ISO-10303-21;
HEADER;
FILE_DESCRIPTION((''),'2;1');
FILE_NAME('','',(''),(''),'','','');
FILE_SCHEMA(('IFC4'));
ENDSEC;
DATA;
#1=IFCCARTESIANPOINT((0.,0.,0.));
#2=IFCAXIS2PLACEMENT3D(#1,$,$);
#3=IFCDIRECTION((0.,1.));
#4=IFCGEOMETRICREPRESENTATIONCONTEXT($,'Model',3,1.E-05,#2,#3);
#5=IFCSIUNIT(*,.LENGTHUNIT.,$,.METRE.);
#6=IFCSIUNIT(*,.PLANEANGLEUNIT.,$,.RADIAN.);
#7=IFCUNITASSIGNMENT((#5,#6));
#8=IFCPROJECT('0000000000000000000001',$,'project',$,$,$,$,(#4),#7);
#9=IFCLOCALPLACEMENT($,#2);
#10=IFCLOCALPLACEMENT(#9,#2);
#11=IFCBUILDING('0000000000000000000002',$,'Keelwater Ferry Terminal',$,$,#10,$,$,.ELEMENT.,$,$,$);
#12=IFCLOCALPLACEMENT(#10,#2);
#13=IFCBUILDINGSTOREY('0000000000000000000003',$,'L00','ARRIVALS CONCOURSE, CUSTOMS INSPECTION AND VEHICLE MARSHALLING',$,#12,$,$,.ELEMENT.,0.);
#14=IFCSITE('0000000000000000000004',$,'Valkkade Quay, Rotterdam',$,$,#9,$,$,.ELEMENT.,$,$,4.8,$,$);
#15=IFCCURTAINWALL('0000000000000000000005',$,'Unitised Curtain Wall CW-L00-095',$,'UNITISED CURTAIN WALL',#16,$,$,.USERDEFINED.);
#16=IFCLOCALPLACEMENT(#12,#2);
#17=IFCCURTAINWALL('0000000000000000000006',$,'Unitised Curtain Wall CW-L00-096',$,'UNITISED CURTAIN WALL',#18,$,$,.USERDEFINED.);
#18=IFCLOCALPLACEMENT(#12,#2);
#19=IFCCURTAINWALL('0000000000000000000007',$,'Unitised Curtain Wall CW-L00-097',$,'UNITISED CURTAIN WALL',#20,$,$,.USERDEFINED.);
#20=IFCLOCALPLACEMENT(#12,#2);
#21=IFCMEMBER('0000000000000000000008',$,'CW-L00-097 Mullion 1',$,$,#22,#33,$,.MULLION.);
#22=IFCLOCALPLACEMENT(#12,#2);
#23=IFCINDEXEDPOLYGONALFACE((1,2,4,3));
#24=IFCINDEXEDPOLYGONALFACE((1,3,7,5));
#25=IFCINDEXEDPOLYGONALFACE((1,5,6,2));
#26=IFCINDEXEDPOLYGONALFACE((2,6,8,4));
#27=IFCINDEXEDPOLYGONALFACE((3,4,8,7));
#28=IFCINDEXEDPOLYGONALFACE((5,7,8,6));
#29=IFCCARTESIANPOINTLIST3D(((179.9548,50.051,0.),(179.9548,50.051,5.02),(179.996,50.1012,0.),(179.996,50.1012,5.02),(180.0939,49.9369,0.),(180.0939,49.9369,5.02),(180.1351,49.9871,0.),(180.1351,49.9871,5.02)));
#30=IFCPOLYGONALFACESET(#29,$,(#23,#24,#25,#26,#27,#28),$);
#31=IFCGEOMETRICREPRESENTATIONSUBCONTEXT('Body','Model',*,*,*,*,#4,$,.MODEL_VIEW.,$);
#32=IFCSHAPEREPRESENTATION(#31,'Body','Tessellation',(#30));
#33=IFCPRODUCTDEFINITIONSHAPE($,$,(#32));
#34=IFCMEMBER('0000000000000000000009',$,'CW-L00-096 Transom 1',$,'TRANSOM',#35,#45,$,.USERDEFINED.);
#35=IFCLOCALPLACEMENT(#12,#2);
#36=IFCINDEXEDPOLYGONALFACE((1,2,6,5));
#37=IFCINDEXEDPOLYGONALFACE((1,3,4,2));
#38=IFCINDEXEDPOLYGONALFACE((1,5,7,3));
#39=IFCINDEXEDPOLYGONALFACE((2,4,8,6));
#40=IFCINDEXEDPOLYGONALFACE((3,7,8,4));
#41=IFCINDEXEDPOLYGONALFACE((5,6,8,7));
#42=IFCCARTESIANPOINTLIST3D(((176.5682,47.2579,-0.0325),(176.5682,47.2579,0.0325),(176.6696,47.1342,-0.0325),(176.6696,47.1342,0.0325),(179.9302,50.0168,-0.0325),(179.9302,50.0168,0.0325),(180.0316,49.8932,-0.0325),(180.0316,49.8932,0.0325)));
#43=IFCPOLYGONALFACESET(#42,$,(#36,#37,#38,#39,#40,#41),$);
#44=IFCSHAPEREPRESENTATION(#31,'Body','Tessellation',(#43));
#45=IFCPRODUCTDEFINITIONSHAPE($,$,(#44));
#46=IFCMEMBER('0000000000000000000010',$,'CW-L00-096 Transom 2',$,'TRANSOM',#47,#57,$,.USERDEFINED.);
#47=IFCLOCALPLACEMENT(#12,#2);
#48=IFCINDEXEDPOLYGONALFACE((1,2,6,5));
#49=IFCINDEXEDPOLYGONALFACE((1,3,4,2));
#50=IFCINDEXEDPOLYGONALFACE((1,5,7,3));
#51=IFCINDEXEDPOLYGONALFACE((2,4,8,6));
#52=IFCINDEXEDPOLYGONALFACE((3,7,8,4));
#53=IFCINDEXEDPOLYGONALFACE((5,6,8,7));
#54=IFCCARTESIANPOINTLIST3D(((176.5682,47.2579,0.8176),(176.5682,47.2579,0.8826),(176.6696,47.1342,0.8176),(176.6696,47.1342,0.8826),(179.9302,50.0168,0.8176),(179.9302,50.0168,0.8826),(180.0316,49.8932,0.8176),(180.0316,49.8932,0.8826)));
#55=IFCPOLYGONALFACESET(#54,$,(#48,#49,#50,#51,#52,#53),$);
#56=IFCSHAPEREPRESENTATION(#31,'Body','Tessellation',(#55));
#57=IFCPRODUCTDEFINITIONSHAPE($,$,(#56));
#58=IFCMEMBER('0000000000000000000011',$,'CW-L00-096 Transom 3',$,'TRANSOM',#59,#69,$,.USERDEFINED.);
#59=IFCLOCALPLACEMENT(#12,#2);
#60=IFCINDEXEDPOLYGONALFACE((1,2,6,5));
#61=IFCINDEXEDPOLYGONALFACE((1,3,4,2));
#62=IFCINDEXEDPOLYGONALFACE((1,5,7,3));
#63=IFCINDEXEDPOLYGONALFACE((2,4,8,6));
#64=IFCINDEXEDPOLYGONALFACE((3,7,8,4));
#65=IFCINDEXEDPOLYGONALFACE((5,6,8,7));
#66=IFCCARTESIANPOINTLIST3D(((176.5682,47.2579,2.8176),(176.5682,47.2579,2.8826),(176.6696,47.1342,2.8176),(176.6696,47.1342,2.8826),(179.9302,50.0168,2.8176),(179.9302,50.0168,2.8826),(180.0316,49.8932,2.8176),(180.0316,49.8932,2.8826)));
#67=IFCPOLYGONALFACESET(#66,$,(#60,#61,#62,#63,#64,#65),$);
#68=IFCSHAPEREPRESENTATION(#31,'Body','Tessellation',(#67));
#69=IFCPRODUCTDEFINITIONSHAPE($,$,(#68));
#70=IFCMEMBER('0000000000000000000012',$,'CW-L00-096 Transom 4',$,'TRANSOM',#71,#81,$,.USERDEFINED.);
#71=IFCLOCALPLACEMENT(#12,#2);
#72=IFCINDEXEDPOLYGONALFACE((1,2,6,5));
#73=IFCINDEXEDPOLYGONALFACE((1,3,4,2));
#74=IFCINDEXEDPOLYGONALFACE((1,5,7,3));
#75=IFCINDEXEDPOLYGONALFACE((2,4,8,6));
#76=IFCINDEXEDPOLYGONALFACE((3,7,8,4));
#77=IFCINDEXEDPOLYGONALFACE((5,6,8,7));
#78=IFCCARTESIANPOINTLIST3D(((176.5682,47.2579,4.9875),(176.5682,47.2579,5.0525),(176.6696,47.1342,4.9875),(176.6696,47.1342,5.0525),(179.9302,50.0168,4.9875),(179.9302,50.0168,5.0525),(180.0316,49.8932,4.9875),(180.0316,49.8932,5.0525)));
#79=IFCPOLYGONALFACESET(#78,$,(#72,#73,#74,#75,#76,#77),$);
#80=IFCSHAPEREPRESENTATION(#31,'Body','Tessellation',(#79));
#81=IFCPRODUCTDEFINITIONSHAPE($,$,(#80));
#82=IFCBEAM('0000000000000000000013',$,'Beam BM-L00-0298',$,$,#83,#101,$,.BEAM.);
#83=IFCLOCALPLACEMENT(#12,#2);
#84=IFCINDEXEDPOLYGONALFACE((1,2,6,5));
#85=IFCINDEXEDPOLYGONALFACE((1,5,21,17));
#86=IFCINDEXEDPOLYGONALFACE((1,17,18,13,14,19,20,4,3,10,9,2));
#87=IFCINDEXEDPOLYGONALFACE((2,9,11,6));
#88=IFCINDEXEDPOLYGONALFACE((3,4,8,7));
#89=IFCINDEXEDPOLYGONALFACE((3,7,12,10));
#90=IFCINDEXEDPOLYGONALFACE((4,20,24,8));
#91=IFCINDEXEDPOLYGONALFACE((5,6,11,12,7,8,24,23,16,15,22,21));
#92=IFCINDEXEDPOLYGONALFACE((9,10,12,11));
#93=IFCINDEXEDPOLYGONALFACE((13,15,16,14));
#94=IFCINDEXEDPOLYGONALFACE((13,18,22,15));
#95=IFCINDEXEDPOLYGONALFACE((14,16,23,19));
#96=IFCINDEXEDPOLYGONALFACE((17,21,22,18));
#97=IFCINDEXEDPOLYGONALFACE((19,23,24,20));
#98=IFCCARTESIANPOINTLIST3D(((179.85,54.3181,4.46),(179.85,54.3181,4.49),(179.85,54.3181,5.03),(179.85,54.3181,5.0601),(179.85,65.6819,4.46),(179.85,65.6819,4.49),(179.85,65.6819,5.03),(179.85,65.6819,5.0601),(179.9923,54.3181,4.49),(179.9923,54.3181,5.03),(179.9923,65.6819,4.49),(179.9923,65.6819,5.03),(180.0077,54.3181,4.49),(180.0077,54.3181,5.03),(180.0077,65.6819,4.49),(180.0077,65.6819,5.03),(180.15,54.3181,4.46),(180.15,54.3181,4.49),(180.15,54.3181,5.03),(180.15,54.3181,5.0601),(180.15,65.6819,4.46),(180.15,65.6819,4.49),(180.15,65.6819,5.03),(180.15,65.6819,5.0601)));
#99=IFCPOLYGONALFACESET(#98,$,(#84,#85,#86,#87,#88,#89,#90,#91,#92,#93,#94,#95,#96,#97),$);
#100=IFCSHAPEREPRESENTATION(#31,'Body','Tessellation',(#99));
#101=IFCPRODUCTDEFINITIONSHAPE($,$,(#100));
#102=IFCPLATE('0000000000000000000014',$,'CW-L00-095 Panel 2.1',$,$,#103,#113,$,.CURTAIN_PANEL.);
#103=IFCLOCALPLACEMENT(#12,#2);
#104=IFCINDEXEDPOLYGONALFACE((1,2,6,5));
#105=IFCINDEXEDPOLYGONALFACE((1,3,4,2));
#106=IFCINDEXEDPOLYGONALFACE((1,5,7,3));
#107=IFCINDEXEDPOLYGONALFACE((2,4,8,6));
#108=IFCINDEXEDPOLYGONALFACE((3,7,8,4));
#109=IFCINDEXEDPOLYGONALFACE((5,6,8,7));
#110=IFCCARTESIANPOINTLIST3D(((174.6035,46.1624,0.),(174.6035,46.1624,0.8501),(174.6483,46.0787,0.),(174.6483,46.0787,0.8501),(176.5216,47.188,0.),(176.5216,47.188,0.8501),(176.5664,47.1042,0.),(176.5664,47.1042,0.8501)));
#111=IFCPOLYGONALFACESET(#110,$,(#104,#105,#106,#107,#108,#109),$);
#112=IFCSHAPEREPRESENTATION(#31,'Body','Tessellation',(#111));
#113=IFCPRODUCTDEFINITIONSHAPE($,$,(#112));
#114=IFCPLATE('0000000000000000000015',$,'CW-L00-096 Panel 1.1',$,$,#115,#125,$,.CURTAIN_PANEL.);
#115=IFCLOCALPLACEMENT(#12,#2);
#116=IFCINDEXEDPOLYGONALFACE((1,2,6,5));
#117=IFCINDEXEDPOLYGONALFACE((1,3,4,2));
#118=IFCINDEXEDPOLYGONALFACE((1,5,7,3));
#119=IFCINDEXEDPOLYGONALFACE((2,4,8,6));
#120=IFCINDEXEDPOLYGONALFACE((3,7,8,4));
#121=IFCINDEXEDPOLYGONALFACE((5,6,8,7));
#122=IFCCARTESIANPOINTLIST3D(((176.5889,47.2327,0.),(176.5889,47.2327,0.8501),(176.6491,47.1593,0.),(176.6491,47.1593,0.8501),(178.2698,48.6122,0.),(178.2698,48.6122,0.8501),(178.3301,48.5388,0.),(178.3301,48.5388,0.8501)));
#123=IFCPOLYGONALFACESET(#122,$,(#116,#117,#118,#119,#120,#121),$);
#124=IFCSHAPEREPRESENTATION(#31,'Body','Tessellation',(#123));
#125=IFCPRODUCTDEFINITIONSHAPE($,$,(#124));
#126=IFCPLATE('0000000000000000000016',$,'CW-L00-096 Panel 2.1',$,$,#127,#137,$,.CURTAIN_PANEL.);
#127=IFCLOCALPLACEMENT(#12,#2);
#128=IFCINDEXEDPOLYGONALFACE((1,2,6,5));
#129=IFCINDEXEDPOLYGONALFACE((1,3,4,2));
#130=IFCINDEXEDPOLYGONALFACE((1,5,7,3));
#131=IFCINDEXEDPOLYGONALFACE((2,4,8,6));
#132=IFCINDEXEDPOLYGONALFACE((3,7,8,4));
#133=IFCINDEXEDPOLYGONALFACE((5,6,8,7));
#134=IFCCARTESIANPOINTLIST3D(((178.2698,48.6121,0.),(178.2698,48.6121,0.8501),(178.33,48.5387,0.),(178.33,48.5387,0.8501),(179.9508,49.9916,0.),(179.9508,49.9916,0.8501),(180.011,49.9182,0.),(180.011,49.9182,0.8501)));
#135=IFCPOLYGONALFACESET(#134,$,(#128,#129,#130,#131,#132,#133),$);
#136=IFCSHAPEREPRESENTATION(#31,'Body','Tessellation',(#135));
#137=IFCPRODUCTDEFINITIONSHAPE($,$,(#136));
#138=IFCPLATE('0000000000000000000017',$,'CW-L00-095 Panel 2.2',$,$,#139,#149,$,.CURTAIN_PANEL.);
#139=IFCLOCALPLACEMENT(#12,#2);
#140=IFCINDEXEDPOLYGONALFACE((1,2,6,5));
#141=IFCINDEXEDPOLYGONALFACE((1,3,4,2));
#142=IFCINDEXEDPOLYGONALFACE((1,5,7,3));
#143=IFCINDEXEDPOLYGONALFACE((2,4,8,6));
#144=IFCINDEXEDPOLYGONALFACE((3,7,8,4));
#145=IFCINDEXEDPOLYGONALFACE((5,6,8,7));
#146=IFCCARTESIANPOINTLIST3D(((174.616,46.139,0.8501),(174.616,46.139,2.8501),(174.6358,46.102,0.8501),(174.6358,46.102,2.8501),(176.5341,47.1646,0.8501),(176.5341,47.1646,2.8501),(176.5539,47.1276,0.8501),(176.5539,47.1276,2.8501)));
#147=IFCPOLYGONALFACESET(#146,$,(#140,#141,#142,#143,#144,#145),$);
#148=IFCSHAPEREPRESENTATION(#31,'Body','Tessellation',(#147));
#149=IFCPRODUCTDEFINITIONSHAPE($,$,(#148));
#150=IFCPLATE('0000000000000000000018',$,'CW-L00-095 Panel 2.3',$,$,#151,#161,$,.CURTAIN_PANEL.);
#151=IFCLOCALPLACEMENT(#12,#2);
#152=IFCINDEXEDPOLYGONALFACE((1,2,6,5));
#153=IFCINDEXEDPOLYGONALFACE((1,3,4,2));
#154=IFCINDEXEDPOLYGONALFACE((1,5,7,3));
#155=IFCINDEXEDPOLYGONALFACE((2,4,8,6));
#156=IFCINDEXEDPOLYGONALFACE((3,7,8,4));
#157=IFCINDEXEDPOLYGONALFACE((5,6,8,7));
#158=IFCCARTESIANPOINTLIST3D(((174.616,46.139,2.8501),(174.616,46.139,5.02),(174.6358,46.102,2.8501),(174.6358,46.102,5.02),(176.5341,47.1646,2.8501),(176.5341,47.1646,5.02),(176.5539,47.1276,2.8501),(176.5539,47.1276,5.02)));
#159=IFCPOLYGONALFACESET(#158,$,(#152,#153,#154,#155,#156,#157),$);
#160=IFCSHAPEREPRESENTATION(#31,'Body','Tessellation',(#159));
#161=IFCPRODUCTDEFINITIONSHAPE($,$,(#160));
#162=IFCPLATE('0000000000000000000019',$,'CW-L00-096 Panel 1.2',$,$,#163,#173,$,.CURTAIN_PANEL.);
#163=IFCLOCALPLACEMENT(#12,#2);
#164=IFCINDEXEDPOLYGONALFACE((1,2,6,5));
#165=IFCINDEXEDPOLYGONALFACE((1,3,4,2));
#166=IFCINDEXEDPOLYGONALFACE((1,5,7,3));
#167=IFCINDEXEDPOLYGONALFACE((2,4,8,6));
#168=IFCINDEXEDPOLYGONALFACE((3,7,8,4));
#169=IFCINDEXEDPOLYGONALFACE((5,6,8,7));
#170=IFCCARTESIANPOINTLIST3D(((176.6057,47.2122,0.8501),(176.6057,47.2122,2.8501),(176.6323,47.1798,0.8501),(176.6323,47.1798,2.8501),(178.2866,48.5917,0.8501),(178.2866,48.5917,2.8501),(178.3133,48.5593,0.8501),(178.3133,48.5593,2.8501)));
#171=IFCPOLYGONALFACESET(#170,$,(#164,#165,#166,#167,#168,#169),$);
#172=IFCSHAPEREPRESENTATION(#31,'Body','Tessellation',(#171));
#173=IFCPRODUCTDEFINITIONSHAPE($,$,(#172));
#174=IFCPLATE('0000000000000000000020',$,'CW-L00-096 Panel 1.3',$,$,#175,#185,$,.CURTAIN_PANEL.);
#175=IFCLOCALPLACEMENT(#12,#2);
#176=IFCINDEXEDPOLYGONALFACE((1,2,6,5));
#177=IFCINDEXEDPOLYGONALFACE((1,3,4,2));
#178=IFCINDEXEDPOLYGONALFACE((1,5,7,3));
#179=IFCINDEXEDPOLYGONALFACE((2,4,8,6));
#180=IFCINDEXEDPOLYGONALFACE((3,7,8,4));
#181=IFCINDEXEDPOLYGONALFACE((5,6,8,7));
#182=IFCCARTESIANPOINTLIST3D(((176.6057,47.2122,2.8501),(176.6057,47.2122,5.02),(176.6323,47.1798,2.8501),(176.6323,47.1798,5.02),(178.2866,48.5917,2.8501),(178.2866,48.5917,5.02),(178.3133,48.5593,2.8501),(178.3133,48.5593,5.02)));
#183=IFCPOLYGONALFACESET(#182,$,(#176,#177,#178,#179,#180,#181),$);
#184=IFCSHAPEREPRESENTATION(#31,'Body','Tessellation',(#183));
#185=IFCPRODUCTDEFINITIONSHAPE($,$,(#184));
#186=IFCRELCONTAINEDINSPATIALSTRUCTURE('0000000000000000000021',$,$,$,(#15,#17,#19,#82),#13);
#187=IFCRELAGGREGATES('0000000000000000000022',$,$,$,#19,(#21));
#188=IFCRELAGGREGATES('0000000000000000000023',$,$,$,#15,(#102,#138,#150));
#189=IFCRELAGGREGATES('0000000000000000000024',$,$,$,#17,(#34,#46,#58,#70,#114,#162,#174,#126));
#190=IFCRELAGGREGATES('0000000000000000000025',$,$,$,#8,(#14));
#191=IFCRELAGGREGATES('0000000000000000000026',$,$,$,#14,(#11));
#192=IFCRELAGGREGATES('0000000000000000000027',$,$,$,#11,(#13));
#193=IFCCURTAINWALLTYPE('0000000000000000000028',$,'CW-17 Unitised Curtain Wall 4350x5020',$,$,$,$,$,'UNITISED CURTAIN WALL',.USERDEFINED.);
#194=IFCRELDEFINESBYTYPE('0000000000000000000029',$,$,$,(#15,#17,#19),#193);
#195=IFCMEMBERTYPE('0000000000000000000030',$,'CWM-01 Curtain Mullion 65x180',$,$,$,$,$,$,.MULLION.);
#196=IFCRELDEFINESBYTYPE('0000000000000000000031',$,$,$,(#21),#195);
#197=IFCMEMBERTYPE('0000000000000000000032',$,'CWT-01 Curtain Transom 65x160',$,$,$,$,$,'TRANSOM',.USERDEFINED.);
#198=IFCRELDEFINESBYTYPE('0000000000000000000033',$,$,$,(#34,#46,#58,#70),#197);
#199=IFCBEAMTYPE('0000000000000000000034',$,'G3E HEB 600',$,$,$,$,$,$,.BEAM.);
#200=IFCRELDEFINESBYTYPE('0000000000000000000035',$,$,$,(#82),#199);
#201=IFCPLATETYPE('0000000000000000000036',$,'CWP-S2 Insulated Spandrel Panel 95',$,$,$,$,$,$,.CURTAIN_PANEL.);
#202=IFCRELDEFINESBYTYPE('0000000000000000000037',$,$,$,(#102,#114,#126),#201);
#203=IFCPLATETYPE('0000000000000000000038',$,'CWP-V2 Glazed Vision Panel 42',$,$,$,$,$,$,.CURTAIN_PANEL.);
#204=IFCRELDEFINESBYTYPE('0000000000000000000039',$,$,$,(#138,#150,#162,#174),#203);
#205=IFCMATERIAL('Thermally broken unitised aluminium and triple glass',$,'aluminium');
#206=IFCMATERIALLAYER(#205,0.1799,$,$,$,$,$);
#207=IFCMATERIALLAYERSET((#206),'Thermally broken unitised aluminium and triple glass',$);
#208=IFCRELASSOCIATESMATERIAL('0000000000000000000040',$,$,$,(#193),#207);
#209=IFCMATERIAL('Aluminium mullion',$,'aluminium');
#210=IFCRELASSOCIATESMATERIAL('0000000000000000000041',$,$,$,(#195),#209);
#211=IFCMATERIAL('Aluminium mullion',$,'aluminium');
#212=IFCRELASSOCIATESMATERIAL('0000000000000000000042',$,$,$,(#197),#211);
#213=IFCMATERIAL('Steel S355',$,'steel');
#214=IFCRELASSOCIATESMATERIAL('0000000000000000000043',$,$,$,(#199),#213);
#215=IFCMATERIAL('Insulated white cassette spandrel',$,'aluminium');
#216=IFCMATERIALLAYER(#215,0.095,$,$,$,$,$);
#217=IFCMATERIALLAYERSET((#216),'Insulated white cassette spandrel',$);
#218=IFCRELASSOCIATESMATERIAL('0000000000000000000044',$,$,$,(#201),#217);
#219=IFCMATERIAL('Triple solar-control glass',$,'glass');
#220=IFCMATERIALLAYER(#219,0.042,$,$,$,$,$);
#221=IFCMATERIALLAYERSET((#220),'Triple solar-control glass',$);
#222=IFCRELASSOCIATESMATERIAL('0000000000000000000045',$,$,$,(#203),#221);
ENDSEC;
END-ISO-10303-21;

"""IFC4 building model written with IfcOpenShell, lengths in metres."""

from ifc_helpers import new_model, si_unit, direction, frame, origin, origin_2d, place, context, subcontext, project, spatial, rectangle, i_section, extrude, material, layer, layer_set, material_profile, profile_set, type_object, element, aggregate, save


model = new_model("IFC4")

# Units and contexts
model_context = context("Model", 3, precision=1e-05, world=origin(), true_north=direction((0.0, 1.0)))
body_context = subcontext(model_context, "Body", "Model", "MODEL_VIEW")
ifc_project = project(units=[si_unit("LENGTHUNIT", "METRE"), si_unit("PLANEANGLEUNIT", "RADIAN")], contexts=[model_context])

# Site, building, storey
site_placement = place(None, origin())
site = spatial("IfcSite", under=ifc_project, at=site_placement, Name="Valkkade Quay, Rotterdam", CompositionType="ELEMENT", RefElevation=4.8)
building_placement = place(site_placement, origin())
building = spatial("IfcBuilding", under=site, at=building_placement, Name="Keelwater Ferry Terminal", CompositionType="ELEMENT")
storey_placement = place(building_placement, origin())
storey = spatial("IfcBuildingStorey", under=building, at=storey_placement, Name="L00", Description="ARRIVALS CONCOURSE, CUSTOMS INSPECTION AND VEHICLE MARSHALLING", CompositionType="ELEMENT", Elevation=0.0)

# Curtain walls
ifc_material_1 = material(Name="Thermally broken unitised aluminium and triple glass", Category="aluminium")
ifc_layer_1 = layer(ifc_material_1, 0.1799)
ifc_layer_set_1 = layer_set([ifc_layer_1], Name="Thermally broken unitised aluminium and triple glass")
curtain_wall_type = type_object("IfcCurtainWallType", Name="CW-17 Unitised Curtain Wall 4350x5020", ElementType="UNITISED CURTAIN WALL", PredefinedType="USERDEFINED", material=ifc_layer_set_1)
curtain_wall_1_placement = place(storey_placement, origin())
curtain_wall_1 = element("IfcCurtainWall", 1, at=curtain_wall_1_placement, inside=storey, type_object=curtain_wall_type, Name="Unitised Curtain Wall CW-L00-095", ObjectType="UNITISED CURTAIN WALL", PredefinedType="USERDEFINED")
ifc_material_2 = material(Name="Aluminium mullion", Category="aluminium")
ifc_material_profile_1 = material_profile(ifc_material_2, rectangle(XDim=0.0649, YDim=0.1799, at=origin_2d()), Name="CWM-01")
ifc_profile_set_1 = profile_set([ifc_material_profile_1], Name="Aluminium mullion")
member_type_1 = type_object("IfcMemberType", Name="CWM-01 Curtain Mullion 65x180", PredefinedType="MULLION", material=ifc_profile_set_1)
curtain_wall_2_placement = place(storey_placement, origin())
curtain_wall_2 = element("IfcCurtainWall", 2, at=curtain_wall_2_placement, inside=storey, type_object=curtain_wall_type, Name="Unitised Curtain Wall CW-L00-096", ObjectType="UNITISED CURTAIN WALL", PredefinedType="USERDEFINED")

# Curtain wall, member
curtain_wall_3_placement = place(storey_placement, origin())
curtain_wall_3 = element("IfcCurtainWall", 3, at=curtain_wall_3_placement, inside=storey, type_object=curtain_wall_type, Name="Unitised Curtain Wall CW-L00-097", ObjectType="UNITISED CURTAIN WALL", PredefinedType="USERDEFINED")
member_1_placement = place(storey_placement, frame((180.0449, 50.019, 0.0), z_axis=(0.0, 0.0, 1.0), x_axis=(0.634377, 0.773024, 0.0)))
member_1 = element("IfcMember", 4, at=member_1_placement, type_object=member_type_1, Name="CW-L00-097 Mullion 1", PredefinedType="MULLION", context=body_context, shape_type="SweptSolid", body=[
    extrude(rectangle(XDim=0.0649, YDim=0.1799, at=origin_2d()), origin(), (0.0, 0.0, 1.0), 5.02),
])
aggregate(curtain_wall_3, [member_1])

# Members
ifc_material_3 = material(Name="Aluminium mullion", Category="aluminium")
ifc_material_profile_2 = material_profile(ifc_material_3, rectangle(XDim=0.1599, YDim=0.0649, at=origin_2d()), Name="CWT-01")
ifc_profile_set_2 = profile_set([ifc_material_profile_2], Name="Aluminium mullion")
member_type_2 = type_object("IfcMemberType", Name="CWT-01 Curtain Transom 65x160", ElementType="TRANSOM", PredefinedType="USERDEFINED", material=ifc_profile_set_2)
member_2_placement = place(storey_placement, frame((176.6189, 47.196, 0.0), z_axis=(0.773026, 0.634374, 0.0), x_axis=(-0.634374, 0.773026, 0.0)))
member_2 = element("IfcMember", 5, at=member_2_placement, type_object=member_type_2, Name="CW-L00-096 Transom 1", ObjectType="TRANSOM", PredefinedType="USERDEFINED", context=body_context, shape_type="SweptSolid", body=[
    extrude(rectangle(XDim=0.1599, YDim=0.0649, at=origin_2d()), origin(), (0.0, 0.0, 1.0), 4.3491),
])
member_3_placement = place(storey_placement, frame((176.6189, 47.196, 0.8501), z_axis=(0.773026, 0.634374, 0.0), x_axis=(-0.634374, 0.773026, 0.0)))
member_3 = element("IfcMember", 6, at=member_3_placement, type_object=member_type_2, Name="CW-L00-096 Transom 2", ObjectType="TRANSOM", PredefinedType="USERDEFINED", context=body_context, shape_type="SweptSolid", body=[
    extrude(rectangle(XDim=0.1599, YDim=0.0649, at=origin_2d()), origin(), (0.0, 0.0, 1.0), 4.3491),
])
member_4_placement = place(storey_placement, frame((176.6189, 47.196, 2.8501), z_axis=(0.773026, 0.634374, 0.0), x_axis=(-0.634374, 0.773026, 0.0)))
member_4 = element("IfcMember", 7, at=member_4_placement, type_object=member_type_2, Name="CW-L00-096 Transom 3", ObjectType="TRANSOM", PredefinedType="USERDEFINED", context=body_context, shape_type="SweptSolid", body=[
    extrude(rectangle(XDim=0.1599, YDim=0.0649, at=origin_2d()), origin(), (0.0, 0.0, 1.0), 4.3491),
])
member_5_placement = place(storey_placement, frame((176.6189, 47.196, 5.02), z_axis=(0.773026, 0.634374, 0.0), x_axis=(-0.634374, 0.773026, 0.0)))
member_5 = element("IfcMember", 8, at=member_5_placement, type_object=member_type_2, Name="CW-L00-096 Transom 4", ObjectType="TRANSOM", PredefinedType="USERDEFINED", context=body_context, shape_type="SweptSolid", body=[
    extrude(rectangle(XDim=0.1599, YDim=0.0649, at=origin_2d()), origin(), (0.0, 0.0, 1.0), 4.3491),
])

# Beam
ifc_material_4 = material(Name="Steel S355", Category="steel")
ifc_material_profile_3 = material_profile(ifc_material_4, i_section(OverallWidth=0.3, OverallDepth=0.6001, WebThickness=0.0154, FlangeThickness=0.03, at=origin_2d()), Name="HEB 600")
ifc_profile_set_3 = profile_set([ifc_material_profile_3], Name="Steel S355")
beam_type = type_object("IfcBeamType", Name="G3E HEB 600", PredefinedType="BEAM", material=ifc_profile_set_3)
beam_placement = place(storey_placement, frame((180.0, 54.3181, 4.76), z_axis=(0.0, 1.0, 0.0), x_axis=(-1.0, 0.0, 0.0)))
element("IfcBeam", 9, at=beam_placement, inside=storey, type_object=beam_type, Name="Beam BM-L00-0298", PredefinedType="BEAM", context=body_context, shape_type="SweptSolid", body=[
    extrude(i_section(OverallWidth=0.3, OverallDepth=0.6001, WebThickness=0.0154, FlangeThickness=0.03, at=origin_2d()), origin(), (0.0, 0.0, 1.0), 11.3638),
])

# Plates
ifc_material_5 = material(Name="Insulated white cassette spandrel", Category="aluminium")
ifc_layer_2 = layer(ifc_material_5, 0.095)
ifc_layer_set_2 = layer_set([ifc_layer_2], Name="Insulated white cassette spandrel")
plate_type_1 = type_object("IfcPlateType", Name="CWP-S2 Insulated Spandrel Panel 95", PredefinedType="CURTAIN_PANEL", material=ifc_layer_set_2)
plate_1_placement = place(storey_placement, frame((175.585, 46.6333, 0.0), z_axis=(0.0, 0.0, 1.0), x_axis=(0.881862, 0.471507, 0.0)))
plate_1 = element("IfcPlate", 10, at=plate_1_placement, type_object=plate_type_1, Name="CW-L00-095 Panel 2.1", PredefinedType="CURTAIN_PANEL", context=body_context, shape_type="SweptSolid", body=[
    extrude(rectangle(XDim=2.175, YDim=0.095, at=origin_2d()), origin(), (0.0, 0.0, 1.0), 0.8501),
])
plate_2_placement = place(storey_placement, frame((177.4595, 47.8857, 0.0), z_axis=(0.0, 0.0, 1.0), x_axis=(0.773024, 0.634377, 0.0)))
plate_2 = element("IfcPlate", 11, at=plate_2_placement, type_object=plate_type_1, Name="CW-L00-096 Panel 1.1", PredefinedType="CURTAIN_PANEL", context=body_context, shape_type="SweptSolid", body=[
    extrude(rectangle(XDim=2.1746, YDim=0.095, at=origin_2d()), origin(), (0.0, 0.0, 1.0), 0.8501),
])
plate_3_placement = place(storey_placement, frame((179.1404, 49.2651, 0.0), z_axis=(0.0, 0.0, 1.0), x_axis=(0.773024, 0.634377, 0.0)))
plate_3 = element("IfcPlate", 12, at=plate_3_placement, type_object=plate_type_1, Name="CW-L00-096 Panel 2.1", PredefinedType="CURTAIN_PANEL", context=body_context, shape_type="SweptSolid", body=[
    extrude(rectangle(XDim=2.1746, YDim=0.095, at=origin_2d()), origin(), (0.0, 0.0, 1.0), 0.8501),
])
ifc_material_6 = material(Name="Triple solar-control glass", Category="glass")
ifc_layer_3 = layer(ifc_material_6, 0.042)
ifc_layer_set_3 = layer_set([ifc_layer_3], Name="Triple solar-control glass")
plate_type_2 = type_object("IfcPlateType", Name="CWP-V2 Glazed Vision Panel 42", PredefinedType="CURTAIN_PANEL", material=ifc_layer_set_3)
plate_4_placement = place(storey_placement, frame((175.585, 46.6333, 0.8501), z_axis=(0.0, 0.0, 1.0), x_axis=(0.881862, 0.471507, 0.0)))
plate_4 = element("IfcPlate", 13, at=plate_4_placement, type_object=plate_type_2, Name="CW-L00-095 Panel 2.2", PredefinedType="CURTAIN_PANEL", context=body_context, shape_type="SweptSolid", body=[
    extrude(rectangle(XDim=2.175, YDim=0.042, at=origin_2d()), origin(), (0.0, 0.0, 1.0), 2.0),
])
plate_5_placement = place(storey_placement, frame((175.585, 46.6333, 2.8501), z_axis=(0.0, 0.0, 1.0), x_axis=(0.881862, 0.471507, 0.0)))
plate_5 = element("IfcPlate", 14, at=plate_5_placement, type_object=plate_type_2, Name="CW-L00-095 Panel 2.3", PredefinedType="CURTAIN_PANEL", context=body_context, shape_type="SweptSolid", body=[
    extrude(rectangle(XDim=2.175, YDim=0.042, at=origin_2d()), origin(), (0.0, 0.0, 1.0), 2.1699),
])
aggregate(curtain_wall_1, [plate_1, plate_4, plate_5])
plate_6_placement = place(storey_placement, frame((177.4595, 47.8857, 0.8501), z_axis=(0.0, 0.0, 1.0), x_axis=(0.773024, 0.634377, 0.0)))
plate_6 = element("IfcPlate", 15, at=plate_6_placement, type_object=plate_type_2, Name="CW-L00-096 Panel 1.2", PredefinedType="CURTAIN_PANEL", context=body_context, shape_type="SweptSolid", body=[
    extrude(rectangle(XDim=2.1746, YDim=0.042, at=origin_2d()), origin(), (0.0, 0.0, 1.0), 2.0),
])
plate_7_placement = place(storey_placement, frame((177.4595, 47.8857, 2.8501), z_axis=(0.0, 0.0, 1.0), x_axis=(0.773024, 0.634377, 0.0)))
plate_7 = element("IfcPlate", 16, at=plate_7_placement, type_object=plate_type_2, Name="CW-L00-096 Panel 1.3", PredefinedType="CURTAIN_PANEL", context=body_context, shape_type="SweptSolid", body=[
    extrude(rectangle(XDim=2.1746, YDim=0.042, at=origin_2d()), origin(), (0.0, 0.0, 1.0), 2.1699),
])
aggregate(curtain_wall_2, [member_2, member_3, member_4, member_5, plate_2, plate_6, plate_7, plate_3])

save(model, "model.ifc")
